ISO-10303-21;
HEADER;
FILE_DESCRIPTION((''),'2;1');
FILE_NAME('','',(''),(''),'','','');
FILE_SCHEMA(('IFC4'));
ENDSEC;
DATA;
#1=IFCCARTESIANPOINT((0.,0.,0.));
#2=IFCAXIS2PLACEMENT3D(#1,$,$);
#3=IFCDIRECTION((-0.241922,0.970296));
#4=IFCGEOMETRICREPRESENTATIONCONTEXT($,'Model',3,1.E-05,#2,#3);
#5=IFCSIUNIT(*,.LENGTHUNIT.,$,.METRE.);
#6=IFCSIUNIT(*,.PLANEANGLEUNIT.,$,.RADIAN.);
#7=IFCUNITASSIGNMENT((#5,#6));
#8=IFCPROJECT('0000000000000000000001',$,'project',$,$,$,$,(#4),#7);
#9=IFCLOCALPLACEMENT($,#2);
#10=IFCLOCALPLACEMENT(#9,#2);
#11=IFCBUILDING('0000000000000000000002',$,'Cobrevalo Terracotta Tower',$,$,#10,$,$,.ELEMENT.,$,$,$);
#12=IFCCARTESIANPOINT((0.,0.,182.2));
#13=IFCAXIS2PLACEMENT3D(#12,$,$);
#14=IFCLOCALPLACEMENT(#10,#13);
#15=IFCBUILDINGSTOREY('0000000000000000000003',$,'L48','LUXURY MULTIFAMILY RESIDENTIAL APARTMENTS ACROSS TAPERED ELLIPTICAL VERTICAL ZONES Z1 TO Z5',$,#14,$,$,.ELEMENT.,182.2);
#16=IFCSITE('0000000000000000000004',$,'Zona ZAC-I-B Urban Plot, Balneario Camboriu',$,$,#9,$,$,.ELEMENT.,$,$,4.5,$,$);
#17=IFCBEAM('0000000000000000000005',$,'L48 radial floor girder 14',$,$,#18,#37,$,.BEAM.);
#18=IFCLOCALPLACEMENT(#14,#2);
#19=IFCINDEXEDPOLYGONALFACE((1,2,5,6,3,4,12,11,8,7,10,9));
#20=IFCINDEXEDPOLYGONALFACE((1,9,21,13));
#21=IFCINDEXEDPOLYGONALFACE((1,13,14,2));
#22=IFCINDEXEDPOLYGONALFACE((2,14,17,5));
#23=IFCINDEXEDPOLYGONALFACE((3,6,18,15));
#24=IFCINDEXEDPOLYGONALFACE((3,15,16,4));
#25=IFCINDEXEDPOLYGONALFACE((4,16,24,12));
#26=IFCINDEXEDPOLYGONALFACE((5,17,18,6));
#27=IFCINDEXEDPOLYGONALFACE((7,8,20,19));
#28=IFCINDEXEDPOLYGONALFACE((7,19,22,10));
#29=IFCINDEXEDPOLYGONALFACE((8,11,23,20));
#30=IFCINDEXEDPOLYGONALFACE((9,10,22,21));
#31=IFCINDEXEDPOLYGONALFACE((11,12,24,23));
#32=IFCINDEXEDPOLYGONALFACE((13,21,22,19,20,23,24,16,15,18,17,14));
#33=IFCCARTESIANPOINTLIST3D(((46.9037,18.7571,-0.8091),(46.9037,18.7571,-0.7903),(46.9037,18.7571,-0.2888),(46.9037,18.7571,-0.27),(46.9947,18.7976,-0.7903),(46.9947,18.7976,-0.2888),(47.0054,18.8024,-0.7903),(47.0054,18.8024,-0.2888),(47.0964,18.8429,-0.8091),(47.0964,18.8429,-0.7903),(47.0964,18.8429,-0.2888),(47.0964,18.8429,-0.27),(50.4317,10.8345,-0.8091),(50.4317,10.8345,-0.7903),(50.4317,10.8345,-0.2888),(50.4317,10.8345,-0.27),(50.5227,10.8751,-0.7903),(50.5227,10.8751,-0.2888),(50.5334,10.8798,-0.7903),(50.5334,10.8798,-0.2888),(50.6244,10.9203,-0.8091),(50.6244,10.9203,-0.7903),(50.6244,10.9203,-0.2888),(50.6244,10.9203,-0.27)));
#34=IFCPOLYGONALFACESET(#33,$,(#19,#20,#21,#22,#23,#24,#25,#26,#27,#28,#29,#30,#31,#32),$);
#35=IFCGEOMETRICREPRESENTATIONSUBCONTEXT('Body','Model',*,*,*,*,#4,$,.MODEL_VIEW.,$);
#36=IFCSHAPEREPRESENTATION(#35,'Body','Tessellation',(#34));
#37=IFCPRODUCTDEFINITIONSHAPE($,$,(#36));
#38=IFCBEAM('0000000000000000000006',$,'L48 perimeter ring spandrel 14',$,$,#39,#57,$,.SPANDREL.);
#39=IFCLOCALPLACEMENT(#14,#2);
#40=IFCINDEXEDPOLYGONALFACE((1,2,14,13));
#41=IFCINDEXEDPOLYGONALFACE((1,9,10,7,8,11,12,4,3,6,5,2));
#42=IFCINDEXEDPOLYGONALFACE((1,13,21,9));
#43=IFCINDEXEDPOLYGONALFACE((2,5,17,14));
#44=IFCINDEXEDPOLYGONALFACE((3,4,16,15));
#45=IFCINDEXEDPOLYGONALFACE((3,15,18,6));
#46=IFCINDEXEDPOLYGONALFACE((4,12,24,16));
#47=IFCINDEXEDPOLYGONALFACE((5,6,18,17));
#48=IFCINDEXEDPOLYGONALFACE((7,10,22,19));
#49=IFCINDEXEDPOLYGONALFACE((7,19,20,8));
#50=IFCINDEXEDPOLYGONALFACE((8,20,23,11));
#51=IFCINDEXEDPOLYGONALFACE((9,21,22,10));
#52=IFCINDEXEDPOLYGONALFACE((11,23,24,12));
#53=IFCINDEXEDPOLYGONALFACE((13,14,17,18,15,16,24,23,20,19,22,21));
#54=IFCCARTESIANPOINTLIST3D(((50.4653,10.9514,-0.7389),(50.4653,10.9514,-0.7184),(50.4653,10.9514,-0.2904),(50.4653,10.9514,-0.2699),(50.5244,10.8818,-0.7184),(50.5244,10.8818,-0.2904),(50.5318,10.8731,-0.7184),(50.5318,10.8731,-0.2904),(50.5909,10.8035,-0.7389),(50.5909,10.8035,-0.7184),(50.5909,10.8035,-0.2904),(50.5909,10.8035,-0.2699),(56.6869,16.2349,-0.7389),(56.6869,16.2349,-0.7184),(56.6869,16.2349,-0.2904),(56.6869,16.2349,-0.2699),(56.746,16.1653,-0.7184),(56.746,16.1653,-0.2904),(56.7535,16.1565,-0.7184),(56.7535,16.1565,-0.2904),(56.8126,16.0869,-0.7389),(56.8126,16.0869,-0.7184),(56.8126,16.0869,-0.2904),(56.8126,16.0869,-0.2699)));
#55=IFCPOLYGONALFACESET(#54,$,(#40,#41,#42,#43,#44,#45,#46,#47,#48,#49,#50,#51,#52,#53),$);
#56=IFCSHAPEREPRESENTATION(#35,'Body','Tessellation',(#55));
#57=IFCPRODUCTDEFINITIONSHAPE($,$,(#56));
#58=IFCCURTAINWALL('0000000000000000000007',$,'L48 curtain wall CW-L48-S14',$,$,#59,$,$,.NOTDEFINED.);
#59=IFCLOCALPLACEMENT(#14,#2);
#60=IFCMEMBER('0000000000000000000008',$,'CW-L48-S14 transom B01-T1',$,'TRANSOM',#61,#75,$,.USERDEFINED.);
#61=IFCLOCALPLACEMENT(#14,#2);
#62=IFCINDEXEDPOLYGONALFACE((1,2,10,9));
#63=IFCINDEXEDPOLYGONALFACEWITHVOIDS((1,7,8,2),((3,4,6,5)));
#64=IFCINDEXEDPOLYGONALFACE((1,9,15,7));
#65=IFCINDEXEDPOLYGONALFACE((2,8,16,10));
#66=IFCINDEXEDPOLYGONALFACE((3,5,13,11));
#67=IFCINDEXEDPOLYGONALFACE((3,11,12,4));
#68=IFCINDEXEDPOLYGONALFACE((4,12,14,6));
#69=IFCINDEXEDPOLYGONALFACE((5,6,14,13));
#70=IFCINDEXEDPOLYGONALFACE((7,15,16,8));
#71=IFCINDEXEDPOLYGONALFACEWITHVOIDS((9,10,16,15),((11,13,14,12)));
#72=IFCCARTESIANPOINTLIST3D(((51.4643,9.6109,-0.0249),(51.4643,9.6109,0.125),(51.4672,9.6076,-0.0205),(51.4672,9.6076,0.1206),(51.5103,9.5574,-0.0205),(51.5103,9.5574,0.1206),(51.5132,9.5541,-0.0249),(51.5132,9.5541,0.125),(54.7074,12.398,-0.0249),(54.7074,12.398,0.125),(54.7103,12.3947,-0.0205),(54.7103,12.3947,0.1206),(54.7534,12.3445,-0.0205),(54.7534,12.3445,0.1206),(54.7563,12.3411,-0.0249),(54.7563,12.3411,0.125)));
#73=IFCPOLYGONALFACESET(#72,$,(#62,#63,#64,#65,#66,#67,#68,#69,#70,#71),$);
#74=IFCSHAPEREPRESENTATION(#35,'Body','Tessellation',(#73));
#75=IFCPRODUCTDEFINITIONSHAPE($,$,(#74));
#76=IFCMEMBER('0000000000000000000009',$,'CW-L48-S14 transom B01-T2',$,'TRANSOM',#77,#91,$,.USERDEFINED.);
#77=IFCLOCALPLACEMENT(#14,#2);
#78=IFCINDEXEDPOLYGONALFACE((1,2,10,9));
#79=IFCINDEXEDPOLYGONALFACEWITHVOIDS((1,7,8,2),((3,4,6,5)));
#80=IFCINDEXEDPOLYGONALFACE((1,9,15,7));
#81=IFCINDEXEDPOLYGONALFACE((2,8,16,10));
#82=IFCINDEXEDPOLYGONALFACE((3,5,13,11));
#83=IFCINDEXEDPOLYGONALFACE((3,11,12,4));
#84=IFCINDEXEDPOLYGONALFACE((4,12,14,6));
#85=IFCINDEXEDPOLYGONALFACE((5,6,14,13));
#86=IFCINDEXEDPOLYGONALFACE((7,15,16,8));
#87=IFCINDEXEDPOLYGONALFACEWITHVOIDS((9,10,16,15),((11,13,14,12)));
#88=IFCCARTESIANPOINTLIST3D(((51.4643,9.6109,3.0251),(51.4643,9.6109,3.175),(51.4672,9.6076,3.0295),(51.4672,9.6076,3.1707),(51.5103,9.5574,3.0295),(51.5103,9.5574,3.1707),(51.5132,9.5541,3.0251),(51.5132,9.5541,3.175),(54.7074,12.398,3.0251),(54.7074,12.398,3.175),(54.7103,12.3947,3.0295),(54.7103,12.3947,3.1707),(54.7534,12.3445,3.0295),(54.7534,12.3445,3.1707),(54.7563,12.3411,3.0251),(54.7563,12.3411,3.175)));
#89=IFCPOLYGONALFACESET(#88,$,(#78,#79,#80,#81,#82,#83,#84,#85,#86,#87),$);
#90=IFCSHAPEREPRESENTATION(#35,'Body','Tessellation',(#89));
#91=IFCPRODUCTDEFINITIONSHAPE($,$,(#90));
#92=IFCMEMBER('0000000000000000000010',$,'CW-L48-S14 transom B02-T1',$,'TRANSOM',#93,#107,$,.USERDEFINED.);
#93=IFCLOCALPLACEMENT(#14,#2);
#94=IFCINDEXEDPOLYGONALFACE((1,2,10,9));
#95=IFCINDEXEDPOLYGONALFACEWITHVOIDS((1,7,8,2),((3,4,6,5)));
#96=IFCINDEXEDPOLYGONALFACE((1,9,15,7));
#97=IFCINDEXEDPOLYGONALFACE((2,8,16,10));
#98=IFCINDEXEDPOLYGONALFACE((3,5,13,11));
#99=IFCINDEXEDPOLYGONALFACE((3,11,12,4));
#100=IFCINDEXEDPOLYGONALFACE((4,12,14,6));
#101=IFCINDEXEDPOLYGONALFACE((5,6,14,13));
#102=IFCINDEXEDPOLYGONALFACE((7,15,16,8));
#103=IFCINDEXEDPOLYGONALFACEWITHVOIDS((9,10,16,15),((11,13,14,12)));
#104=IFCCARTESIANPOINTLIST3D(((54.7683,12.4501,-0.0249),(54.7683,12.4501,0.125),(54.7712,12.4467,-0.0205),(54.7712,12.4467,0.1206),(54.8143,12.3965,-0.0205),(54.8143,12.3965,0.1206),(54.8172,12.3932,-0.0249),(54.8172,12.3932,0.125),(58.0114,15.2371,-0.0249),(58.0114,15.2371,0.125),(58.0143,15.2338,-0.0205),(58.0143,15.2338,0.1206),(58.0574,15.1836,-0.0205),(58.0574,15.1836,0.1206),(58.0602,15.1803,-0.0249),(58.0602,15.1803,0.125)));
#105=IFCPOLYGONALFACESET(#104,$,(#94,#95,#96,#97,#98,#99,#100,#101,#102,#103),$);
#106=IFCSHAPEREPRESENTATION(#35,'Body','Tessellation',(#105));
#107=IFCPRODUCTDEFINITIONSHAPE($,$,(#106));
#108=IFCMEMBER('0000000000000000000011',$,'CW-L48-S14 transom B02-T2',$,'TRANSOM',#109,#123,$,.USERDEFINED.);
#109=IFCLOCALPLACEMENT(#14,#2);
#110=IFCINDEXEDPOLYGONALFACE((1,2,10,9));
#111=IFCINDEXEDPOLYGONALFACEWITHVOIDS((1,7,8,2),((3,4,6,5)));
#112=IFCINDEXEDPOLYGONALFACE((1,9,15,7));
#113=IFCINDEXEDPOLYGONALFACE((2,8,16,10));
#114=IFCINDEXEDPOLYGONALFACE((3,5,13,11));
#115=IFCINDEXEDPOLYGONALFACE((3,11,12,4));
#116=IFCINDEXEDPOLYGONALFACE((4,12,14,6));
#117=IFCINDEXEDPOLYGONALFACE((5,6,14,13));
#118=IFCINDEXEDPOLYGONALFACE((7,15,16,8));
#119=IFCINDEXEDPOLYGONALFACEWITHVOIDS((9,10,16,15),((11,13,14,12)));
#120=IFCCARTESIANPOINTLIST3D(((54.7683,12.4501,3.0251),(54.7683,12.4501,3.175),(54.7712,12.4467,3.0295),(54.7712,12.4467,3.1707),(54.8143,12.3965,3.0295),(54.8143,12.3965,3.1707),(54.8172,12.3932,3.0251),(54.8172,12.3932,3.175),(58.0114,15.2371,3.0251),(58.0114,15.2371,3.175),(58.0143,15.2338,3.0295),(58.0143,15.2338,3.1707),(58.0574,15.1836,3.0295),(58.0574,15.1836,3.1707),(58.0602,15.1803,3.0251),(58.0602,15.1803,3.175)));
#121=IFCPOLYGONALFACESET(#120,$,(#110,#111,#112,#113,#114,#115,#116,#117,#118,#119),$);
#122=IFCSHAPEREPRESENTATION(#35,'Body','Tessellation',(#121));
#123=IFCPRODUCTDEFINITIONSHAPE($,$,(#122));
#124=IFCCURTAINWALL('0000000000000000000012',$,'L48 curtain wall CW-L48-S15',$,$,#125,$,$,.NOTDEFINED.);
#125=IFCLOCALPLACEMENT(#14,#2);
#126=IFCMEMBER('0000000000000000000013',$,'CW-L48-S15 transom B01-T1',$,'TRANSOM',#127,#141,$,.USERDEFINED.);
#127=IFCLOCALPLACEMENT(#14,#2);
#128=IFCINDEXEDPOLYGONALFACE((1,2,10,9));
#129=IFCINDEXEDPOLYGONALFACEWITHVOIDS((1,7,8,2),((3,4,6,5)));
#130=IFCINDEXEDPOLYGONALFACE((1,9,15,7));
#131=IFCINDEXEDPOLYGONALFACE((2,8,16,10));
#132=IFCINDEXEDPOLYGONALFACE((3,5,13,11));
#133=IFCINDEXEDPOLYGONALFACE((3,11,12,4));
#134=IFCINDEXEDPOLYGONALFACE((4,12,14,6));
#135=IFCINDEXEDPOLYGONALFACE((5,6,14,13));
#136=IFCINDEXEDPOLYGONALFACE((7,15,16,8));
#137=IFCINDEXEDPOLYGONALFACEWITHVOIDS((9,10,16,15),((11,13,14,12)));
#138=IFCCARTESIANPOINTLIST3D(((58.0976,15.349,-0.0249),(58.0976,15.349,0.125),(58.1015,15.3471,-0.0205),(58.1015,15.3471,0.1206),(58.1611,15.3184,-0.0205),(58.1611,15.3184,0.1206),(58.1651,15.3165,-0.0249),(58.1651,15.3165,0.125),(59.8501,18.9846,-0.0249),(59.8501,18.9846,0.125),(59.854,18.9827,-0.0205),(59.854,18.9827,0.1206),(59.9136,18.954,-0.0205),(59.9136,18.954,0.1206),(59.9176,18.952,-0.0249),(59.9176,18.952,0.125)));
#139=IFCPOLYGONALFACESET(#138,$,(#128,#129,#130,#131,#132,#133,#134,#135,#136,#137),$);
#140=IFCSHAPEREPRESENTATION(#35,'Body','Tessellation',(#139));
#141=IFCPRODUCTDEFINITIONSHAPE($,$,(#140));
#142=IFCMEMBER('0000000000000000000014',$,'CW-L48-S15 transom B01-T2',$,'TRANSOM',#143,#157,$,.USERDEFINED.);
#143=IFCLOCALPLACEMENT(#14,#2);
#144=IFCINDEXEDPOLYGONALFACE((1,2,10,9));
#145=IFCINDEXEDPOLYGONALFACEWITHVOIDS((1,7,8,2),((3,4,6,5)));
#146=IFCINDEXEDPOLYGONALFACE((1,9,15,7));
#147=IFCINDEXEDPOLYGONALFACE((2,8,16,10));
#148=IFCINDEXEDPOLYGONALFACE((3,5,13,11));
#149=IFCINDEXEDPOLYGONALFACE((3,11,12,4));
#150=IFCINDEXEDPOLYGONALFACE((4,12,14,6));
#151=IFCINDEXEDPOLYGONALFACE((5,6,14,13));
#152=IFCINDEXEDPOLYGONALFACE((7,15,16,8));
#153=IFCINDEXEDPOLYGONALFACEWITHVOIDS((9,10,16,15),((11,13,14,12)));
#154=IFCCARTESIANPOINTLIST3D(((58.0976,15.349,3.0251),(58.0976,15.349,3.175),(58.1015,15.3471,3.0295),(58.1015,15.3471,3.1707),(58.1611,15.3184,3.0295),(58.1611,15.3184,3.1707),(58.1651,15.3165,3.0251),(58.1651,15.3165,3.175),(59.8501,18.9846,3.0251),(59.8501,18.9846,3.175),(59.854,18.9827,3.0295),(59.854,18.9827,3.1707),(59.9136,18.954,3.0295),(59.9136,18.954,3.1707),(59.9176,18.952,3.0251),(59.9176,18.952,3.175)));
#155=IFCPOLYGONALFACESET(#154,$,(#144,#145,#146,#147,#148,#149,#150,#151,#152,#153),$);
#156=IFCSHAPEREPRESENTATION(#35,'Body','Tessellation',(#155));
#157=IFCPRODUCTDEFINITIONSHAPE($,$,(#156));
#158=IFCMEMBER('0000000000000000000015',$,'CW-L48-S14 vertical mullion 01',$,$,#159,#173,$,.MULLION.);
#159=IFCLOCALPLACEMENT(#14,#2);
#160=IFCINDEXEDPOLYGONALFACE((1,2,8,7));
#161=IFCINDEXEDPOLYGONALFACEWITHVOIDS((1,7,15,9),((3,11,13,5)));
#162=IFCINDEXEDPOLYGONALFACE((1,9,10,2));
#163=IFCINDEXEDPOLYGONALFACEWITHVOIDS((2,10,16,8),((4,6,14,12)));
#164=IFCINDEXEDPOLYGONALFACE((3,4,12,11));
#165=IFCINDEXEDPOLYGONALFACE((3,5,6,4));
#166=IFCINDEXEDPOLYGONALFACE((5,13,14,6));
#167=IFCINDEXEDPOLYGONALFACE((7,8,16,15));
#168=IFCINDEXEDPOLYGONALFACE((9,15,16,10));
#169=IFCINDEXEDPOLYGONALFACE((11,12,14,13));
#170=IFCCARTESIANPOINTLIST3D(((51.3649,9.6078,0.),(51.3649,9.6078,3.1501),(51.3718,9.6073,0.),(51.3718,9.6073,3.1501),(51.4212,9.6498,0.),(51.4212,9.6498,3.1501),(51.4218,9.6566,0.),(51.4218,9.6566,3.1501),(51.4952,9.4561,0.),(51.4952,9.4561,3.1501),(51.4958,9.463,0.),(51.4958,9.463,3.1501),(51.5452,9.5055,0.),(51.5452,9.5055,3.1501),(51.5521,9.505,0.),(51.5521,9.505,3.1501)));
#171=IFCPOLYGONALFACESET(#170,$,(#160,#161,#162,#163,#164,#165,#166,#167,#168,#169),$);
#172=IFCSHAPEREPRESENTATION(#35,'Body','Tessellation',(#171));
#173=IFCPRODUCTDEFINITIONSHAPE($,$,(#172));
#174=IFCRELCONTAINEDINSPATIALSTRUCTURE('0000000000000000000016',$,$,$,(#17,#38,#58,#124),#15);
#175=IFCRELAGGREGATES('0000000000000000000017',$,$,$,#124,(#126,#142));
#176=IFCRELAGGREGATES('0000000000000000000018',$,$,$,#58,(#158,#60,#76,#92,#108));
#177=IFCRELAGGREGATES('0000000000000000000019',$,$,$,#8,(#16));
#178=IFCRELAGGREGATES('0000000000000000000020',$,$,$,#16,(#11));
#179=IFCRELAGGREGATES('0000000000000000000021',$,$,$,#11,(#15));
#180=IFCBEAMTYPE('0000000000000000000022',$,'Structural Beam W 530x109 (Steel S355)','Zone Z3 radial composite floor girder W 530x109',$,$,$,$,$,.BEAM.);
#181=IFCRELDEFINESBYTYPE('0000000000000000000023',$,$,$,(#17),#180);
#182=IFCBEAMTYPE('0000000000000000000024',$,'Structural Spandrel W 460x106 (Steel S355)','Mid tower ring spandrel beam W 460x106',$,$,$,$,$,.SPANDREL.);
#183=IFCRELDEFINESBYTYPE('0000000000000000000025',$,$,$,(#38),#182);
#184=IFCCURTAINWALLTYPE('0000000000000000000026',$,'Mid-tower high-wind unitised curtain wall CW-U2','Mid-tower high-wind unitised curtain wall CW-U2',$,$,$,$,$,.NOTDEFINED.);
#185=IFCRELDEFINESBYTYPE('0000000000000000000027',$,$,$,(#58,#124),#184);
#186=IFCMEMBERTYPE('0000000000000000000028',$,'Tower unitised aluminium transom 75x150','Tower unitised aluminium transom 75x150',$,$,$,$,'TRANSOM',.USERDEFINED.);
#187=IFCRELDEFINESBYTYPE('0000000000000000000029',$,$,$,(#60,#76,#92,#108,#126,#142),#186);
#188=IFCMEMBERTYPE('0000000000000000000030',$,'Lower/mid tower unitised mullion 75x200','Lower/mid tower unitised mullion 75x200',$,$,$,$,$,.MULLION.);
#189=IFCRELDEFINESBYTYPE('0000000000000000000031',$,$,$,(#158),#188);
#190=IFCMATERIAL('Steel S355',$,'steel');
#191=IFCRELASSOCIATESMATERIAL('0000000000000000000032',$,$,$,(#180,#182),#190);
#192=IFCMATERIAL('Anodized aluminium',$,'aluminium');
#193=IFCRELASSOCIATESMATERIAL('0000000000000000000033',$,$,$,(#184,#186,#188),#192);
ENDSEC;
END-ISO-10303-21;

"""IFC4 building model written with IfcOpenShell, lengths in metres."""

from ifc_helpers import new_model, si_unit, direction, frame, origin, origin_2d, place, context, subcontext, project, spatial, hollow_rectangle, i_section, extrude, source, transform, mapped, material, material_profile, profile_set, type_object, element, aggregate, save


model = new_model("IFC4")

# Units and contexts
model_context = context("Model", 3, precision=1e-05, world=origin(), true_north=direction((-0.241922, 0.970296)))
body_context = subcontext(model_context, "Body", "Model", "MODEL_VIEW")
ifc_project = project(units=[si_unit("LENGTHUNIT", "METRE"), si_unit("PLANEANGLEUNIT", "RADIAN")], contexts=[model_context])

# Site, building, storey
site_placement = place(None, origin())
site = spatial("IfcSite", under=ifc_project, at=site_placement, Name="Zona ZAC-I-B Urban Plot, Balneario Camboriu", CompositionType="ELEMENT", RefElevation=4.5)
building_placement = place(site_placement, origin())
building = spatial("IfcBuilding", under=site, at=building_placement, Name="Cobrevalo Terracotta Tower", CompositionType="ELEMENT")
storey_placement = place(building_placement, frame((0.0, 0.0, 182.2)))
storey = spatial("IfcBuildingStorey", under=building, at=storey_placement, Name="L48", Description="LUXURY MULTIFAMILY RESIDENTIAL APARTMENTS ACROSS TAPERED ELLIPTICAL VERTICAL ZONES Z1 TO Z5", CompositionType="ELEMENT", Elevation=182.2)

# Shared definitions
ifc_material_1 = material(Name="Steel S355", Category="steel")

# Beams
ifc_material_profile_1 = material_profile(ifc_material_1, i_section(OverallWidth=0.2109, OverallDepth=0.5391, WebThickness=0.0117, FlangeThickness=0.0188, at=origin_2d()), Name="W 530x109")
ifc_profile_set_1 = profile_set([ifc_material_profile_1], Name="Steel S355")
beam_type_1 = type_object("IfcBeamType", Name="Structural Beam W 530x109 (Steel S355)", Description="Zone Z3 radial composite floor girder W 530x109", PredefinedType="BEAM", material=ifc_profile_set_1)
beam_1_placement = place(storey_placement, frame((50.5281, 10.8774, -0.5396), z_axis=(-0.406804, 0.913515, 0.0), x_axis=(-0.913515, -0.406804, 0.0)))
element("IfcBeam", 1, at=beam_1_placement, inside=storey, type_object=beam_type_1, Name="L48 radial floor girder 14", PredefinedType="BEAM", context=body_context, shape_type="SweptSolid", body=[
    extrude(i_section(OverallWidth=0.2109, OverallDepth=0.5391, WebThickness=0.0117, FlangeThickness=0.0188, at=origin_2d()), origin(), (0.0, 0.0, 1.0), 8.6726),
])
ifc_material_profile_2 = material_profile(ifc_material_1, i_section(OverallWidth=0.1941, OverallDepth=0.469, WebThickness=0.0115, FlangeThickness=0.0205, at=origin_2d()), Name="W 460x106")
ifc_profile_set_2 = profile_set([ifc_material_profile_2], Name="Steel S355")
beam_type_2 = type_object("IfcBeamType", Name="Structural Spandrel W 460x106 (Steel S355)", Description="Mid tower ring spandrel beam W 460x106", PredefinedType="SPANDREL", material=ifc_profile_set_2)
beam_2_placement = place(storey_placement, frame((50.5281, 10.8774, -0.5044), z_axis=(0.76224, 0.647294, 0.0), x_axis=(-0.647294, 0.76224, 0.0)))
element("IfcBeam", 2, at=beam_2_placement, inside=storey, type_object=beam_type_2, Name="L48 perimeter ring spandrel 14", PredefinedType="SPANDREL", context=body_context, shape_type="SweptSolid", body=[
    extrude(i_section(OverallWidth=0.1941, OverallDepth=0.469, WebThickness=0.0115, FlangeThickness=0.0205, at=origin_2d()), origin(), (0.0, 0.0, 1.0), 8.1624),
])

# Curtain walls, members
ifc_material_2 = material(Name="Anodized aluminium", Category="aluminium")
curtain_wall_type = type_object("IfcCurtainWallType", Name="Mid-tower high-wind unitised curtain wall CW-U2", Description="Mid-tower high-wind unitised curtain wall CW-U2", PredefinedType="NOTDEFINED", material=ifc_material_2)
curtain_wall_1_placement = place(storey_placement, origin())
curtain_wall_1 = element("IfcCurtainWall", 3, at=curtain_wall_1_placement, inside=storey, type_object=curtain_wall_type, Name="L48 curtain wall CW-L48-S14", PredefinedType="NOTDEFINED")
ifc_material_profile_3 = material_profile(ifc_material_2, hollow_rectangle(XDim=0.075, YDim=0.1499, WallThickness=0.0044, at=origin_2d()), Name="CWT 75x150")
ifc_profile_set_3 = profile_set([ifc_material_profile_3], Name="Anodized aluminium")
member_type_1 = type_object("IfcMemberType", Name="Tower unitised aluminium transom 75x150", Description="Tower unitised aluminium transom 75x150", ElementType="TRANSOM", PredefinedType="USERDEFINED", material=ifc_profile_set_3)
shared_shape_1 = source(origin(), body_context, "Body", "SweptSolid", [
    extrude(hollow_rectangle(XDim=0.075, YDim=0.1499, WallThickness=0.0044, at=origin_2d()), origin(), (0.0, 0.0, 1.0), 4.2761),
])
member_1_placement = place(storey_placement, frame((51.4888, 9.5825, 0.05), z_axis=(0.758418, 0.651769, 0.0), x_axis=(-0.651769, 0.758418, 0.0)))
member_1 = element("IfcMember", 4, at=member_1_placement, type_object=member_type_1, Name="CW-L48-S14 transom B01-T1", ObjectType="TRANSOM", PredefinedType="USERDEFINED", context=body_context, shape_type="MappedRepresentation", body=[
    mapped(shared_shape_1, transform((0.0, 0.0, 0.0), scale=1.0)),
])
member_2_placement = place(storey_placement, frame((51.4888, 9.5825, 3.1001), z_axis=(0.758418, 0.651769, 0.0), x_axis=(-0.651769, 0.758418, 0.0)))
member_2 = element("IfcMember", 5, at=member_2_placement, type_object=member_type_1, Name="CW-L48-S14 transom B01-T2", ObjectType="TRANSOM", PredefinedType="USERDEFINED", context=body_context, shape_type="MappedRepresentation", body=[
    mapped(shared_shape_1, transform((0.0, 0.0, 0.0), scale=1.0)),
])
member_3_placement = place(storey_placement, frame((54.7927, 12.4216, 0.05), z_axis=(0.758418, 0.651769, 0.0), x_axis=(-0.651769, 0.758418, 0.0)))
member_3 = element("IfcMember", 6, at=member_3_placement, type_object=member_type_1, Name="CW-L48-S14 transom B02-T1", ObjectType="TRANSOM", PredefinedType="USERDEFINED", context=body_context, shape_type="MappedRepresentation", body=[
    mapped(shared_shape_1, transform((0.0, 0.0, 0.0), scale=1.0)),
])
member_4_placement = place(storey_placement, frame((54.7927, 12.4216, 3.1001), z_axis=(0.758418, 0.651769, 0.0), x_axis=(-0.651769, 0.758418, 0.0)))
member_4 = element("IfcMember", 7, at=member_4_placement, type_object=member_type_1, Name="CW-L48-S14 transom B02-T2", ObjectType="TRANSOM", PredefinedType="USERDEFINED", context=body_context, shape_type="MappedRepresentation", body=[
    mapped(shared_shape_1, transform((0.0, 0.0, 0.0), scale=1.0)),
])
curtain_wall_2_placement = place(storey_placement, origin())
curtain_wall_2 = element("IfcCurtainWall", 8, at=curtain_wall_2_placement, inside=storey, type_object=curtain_wall_type, Name="L48 curtain wall CW-L48-S15", PredefinedType="NOTDEFINED")
shared_shape_2 = source(origin(), body_context, "Body", "SweptSolid", [
    extrude(hollow_rectangle(XDim=0.075, YDim=0.1499, WallThickness=0.0044, at=origin_2d()), origin(), (0.0, 0.0, 1.0), 4.0359),
])
member_5_placement = place(storey_placement, frame((58.1313, 15.3328, 0.05), z_axis=(0.434221, 0.900806, 0.0), x_axis=(-0.900806, 0.434221, 0.0)))
member_5 = element("IfcMember", 9, at=member_5_placement, type_object=member_type_1, Name="CW-L48-S15 transom B01-T1", ObjectType="TRANSOM", PredefinedType="USERDEFINED", context=body_context, shape_type="MappedRepresentation", body=[
    mapped(shared_shape_2, transform((0.0, 0.0, 0.0), scale=1.0)),
])
member_6_placement = place(storey_placement, frame((58.1313, 15.3328, 3.1001), z_axis=(0.434221, 0.900806, 0.0), x_axis=(-0.900806, 0.434221, 0.0)))
member_6 = element("IfcMember", 10, at=member_6_placement, type_object=member_type_1, Name="CW-L48-S15 transom B01-T2", ObjectType="TRANSOM", PredefinedType="USERDEFINED", context=body_context, shape_type="MappedRepresentation", body=[
    mapped(shared_shape_2, transform((0.0, 0.0, 0.0), scale=1.0)),
])

# Member
ifc_material_profile_4 = material_profile(ifc_material_2, hollow_rectangle(XDim=0.075, YDim=0.2, WallThickness=0.0049, at=origin_2d()), Name="CWM 75x200")
ifc_profile_set_4 = profile_set([ifc_material_profile_4], Name="Anodized aluminium")
member_type_2 = type_object("IfcMemberType", Name="Lower/mid tower unitised mullion 75x200", Description="Lower/mid tower unitised mullion 75x200", PredefinedType="MULLION", material=ifc_profile_set_4)
shared_shape_3 = source(origin(), body_context, "Body", "SweptSolid", [
    extrude(hollow_rectangle(XDim=0.075, YDim=0.2, WallThickness=0.0049, at=origin_2d()), origin(), (0.0, 0.0, 1.0), 3.1501),
])
member_7_placement = place(storey_placement, frame((51.4585, 9.5564, 0.0), z_axis=(0.0, 0.0, 1.0), x_axis=(0.758442, 0.651741, 0.0)))
member_7 = element("IfcMember", 11, at=member_7_placement, type_object=member_type_2, Name="CW-L48-S14 vertical mullion 01", PredefinedType="MULLION", context=body_context, shape_type="MappedRepresentation", body=[
    mapped(shared_shape_3, transform((0.0, 0.0, 0.0), scale=1.0)),
])
aggregate(curtain_wall_2, [member_5, member_6])

aggregate(curtain_wall_1, [member_7, member_1, member_2, member_3, member_4])

save(model, "model.ifc")
